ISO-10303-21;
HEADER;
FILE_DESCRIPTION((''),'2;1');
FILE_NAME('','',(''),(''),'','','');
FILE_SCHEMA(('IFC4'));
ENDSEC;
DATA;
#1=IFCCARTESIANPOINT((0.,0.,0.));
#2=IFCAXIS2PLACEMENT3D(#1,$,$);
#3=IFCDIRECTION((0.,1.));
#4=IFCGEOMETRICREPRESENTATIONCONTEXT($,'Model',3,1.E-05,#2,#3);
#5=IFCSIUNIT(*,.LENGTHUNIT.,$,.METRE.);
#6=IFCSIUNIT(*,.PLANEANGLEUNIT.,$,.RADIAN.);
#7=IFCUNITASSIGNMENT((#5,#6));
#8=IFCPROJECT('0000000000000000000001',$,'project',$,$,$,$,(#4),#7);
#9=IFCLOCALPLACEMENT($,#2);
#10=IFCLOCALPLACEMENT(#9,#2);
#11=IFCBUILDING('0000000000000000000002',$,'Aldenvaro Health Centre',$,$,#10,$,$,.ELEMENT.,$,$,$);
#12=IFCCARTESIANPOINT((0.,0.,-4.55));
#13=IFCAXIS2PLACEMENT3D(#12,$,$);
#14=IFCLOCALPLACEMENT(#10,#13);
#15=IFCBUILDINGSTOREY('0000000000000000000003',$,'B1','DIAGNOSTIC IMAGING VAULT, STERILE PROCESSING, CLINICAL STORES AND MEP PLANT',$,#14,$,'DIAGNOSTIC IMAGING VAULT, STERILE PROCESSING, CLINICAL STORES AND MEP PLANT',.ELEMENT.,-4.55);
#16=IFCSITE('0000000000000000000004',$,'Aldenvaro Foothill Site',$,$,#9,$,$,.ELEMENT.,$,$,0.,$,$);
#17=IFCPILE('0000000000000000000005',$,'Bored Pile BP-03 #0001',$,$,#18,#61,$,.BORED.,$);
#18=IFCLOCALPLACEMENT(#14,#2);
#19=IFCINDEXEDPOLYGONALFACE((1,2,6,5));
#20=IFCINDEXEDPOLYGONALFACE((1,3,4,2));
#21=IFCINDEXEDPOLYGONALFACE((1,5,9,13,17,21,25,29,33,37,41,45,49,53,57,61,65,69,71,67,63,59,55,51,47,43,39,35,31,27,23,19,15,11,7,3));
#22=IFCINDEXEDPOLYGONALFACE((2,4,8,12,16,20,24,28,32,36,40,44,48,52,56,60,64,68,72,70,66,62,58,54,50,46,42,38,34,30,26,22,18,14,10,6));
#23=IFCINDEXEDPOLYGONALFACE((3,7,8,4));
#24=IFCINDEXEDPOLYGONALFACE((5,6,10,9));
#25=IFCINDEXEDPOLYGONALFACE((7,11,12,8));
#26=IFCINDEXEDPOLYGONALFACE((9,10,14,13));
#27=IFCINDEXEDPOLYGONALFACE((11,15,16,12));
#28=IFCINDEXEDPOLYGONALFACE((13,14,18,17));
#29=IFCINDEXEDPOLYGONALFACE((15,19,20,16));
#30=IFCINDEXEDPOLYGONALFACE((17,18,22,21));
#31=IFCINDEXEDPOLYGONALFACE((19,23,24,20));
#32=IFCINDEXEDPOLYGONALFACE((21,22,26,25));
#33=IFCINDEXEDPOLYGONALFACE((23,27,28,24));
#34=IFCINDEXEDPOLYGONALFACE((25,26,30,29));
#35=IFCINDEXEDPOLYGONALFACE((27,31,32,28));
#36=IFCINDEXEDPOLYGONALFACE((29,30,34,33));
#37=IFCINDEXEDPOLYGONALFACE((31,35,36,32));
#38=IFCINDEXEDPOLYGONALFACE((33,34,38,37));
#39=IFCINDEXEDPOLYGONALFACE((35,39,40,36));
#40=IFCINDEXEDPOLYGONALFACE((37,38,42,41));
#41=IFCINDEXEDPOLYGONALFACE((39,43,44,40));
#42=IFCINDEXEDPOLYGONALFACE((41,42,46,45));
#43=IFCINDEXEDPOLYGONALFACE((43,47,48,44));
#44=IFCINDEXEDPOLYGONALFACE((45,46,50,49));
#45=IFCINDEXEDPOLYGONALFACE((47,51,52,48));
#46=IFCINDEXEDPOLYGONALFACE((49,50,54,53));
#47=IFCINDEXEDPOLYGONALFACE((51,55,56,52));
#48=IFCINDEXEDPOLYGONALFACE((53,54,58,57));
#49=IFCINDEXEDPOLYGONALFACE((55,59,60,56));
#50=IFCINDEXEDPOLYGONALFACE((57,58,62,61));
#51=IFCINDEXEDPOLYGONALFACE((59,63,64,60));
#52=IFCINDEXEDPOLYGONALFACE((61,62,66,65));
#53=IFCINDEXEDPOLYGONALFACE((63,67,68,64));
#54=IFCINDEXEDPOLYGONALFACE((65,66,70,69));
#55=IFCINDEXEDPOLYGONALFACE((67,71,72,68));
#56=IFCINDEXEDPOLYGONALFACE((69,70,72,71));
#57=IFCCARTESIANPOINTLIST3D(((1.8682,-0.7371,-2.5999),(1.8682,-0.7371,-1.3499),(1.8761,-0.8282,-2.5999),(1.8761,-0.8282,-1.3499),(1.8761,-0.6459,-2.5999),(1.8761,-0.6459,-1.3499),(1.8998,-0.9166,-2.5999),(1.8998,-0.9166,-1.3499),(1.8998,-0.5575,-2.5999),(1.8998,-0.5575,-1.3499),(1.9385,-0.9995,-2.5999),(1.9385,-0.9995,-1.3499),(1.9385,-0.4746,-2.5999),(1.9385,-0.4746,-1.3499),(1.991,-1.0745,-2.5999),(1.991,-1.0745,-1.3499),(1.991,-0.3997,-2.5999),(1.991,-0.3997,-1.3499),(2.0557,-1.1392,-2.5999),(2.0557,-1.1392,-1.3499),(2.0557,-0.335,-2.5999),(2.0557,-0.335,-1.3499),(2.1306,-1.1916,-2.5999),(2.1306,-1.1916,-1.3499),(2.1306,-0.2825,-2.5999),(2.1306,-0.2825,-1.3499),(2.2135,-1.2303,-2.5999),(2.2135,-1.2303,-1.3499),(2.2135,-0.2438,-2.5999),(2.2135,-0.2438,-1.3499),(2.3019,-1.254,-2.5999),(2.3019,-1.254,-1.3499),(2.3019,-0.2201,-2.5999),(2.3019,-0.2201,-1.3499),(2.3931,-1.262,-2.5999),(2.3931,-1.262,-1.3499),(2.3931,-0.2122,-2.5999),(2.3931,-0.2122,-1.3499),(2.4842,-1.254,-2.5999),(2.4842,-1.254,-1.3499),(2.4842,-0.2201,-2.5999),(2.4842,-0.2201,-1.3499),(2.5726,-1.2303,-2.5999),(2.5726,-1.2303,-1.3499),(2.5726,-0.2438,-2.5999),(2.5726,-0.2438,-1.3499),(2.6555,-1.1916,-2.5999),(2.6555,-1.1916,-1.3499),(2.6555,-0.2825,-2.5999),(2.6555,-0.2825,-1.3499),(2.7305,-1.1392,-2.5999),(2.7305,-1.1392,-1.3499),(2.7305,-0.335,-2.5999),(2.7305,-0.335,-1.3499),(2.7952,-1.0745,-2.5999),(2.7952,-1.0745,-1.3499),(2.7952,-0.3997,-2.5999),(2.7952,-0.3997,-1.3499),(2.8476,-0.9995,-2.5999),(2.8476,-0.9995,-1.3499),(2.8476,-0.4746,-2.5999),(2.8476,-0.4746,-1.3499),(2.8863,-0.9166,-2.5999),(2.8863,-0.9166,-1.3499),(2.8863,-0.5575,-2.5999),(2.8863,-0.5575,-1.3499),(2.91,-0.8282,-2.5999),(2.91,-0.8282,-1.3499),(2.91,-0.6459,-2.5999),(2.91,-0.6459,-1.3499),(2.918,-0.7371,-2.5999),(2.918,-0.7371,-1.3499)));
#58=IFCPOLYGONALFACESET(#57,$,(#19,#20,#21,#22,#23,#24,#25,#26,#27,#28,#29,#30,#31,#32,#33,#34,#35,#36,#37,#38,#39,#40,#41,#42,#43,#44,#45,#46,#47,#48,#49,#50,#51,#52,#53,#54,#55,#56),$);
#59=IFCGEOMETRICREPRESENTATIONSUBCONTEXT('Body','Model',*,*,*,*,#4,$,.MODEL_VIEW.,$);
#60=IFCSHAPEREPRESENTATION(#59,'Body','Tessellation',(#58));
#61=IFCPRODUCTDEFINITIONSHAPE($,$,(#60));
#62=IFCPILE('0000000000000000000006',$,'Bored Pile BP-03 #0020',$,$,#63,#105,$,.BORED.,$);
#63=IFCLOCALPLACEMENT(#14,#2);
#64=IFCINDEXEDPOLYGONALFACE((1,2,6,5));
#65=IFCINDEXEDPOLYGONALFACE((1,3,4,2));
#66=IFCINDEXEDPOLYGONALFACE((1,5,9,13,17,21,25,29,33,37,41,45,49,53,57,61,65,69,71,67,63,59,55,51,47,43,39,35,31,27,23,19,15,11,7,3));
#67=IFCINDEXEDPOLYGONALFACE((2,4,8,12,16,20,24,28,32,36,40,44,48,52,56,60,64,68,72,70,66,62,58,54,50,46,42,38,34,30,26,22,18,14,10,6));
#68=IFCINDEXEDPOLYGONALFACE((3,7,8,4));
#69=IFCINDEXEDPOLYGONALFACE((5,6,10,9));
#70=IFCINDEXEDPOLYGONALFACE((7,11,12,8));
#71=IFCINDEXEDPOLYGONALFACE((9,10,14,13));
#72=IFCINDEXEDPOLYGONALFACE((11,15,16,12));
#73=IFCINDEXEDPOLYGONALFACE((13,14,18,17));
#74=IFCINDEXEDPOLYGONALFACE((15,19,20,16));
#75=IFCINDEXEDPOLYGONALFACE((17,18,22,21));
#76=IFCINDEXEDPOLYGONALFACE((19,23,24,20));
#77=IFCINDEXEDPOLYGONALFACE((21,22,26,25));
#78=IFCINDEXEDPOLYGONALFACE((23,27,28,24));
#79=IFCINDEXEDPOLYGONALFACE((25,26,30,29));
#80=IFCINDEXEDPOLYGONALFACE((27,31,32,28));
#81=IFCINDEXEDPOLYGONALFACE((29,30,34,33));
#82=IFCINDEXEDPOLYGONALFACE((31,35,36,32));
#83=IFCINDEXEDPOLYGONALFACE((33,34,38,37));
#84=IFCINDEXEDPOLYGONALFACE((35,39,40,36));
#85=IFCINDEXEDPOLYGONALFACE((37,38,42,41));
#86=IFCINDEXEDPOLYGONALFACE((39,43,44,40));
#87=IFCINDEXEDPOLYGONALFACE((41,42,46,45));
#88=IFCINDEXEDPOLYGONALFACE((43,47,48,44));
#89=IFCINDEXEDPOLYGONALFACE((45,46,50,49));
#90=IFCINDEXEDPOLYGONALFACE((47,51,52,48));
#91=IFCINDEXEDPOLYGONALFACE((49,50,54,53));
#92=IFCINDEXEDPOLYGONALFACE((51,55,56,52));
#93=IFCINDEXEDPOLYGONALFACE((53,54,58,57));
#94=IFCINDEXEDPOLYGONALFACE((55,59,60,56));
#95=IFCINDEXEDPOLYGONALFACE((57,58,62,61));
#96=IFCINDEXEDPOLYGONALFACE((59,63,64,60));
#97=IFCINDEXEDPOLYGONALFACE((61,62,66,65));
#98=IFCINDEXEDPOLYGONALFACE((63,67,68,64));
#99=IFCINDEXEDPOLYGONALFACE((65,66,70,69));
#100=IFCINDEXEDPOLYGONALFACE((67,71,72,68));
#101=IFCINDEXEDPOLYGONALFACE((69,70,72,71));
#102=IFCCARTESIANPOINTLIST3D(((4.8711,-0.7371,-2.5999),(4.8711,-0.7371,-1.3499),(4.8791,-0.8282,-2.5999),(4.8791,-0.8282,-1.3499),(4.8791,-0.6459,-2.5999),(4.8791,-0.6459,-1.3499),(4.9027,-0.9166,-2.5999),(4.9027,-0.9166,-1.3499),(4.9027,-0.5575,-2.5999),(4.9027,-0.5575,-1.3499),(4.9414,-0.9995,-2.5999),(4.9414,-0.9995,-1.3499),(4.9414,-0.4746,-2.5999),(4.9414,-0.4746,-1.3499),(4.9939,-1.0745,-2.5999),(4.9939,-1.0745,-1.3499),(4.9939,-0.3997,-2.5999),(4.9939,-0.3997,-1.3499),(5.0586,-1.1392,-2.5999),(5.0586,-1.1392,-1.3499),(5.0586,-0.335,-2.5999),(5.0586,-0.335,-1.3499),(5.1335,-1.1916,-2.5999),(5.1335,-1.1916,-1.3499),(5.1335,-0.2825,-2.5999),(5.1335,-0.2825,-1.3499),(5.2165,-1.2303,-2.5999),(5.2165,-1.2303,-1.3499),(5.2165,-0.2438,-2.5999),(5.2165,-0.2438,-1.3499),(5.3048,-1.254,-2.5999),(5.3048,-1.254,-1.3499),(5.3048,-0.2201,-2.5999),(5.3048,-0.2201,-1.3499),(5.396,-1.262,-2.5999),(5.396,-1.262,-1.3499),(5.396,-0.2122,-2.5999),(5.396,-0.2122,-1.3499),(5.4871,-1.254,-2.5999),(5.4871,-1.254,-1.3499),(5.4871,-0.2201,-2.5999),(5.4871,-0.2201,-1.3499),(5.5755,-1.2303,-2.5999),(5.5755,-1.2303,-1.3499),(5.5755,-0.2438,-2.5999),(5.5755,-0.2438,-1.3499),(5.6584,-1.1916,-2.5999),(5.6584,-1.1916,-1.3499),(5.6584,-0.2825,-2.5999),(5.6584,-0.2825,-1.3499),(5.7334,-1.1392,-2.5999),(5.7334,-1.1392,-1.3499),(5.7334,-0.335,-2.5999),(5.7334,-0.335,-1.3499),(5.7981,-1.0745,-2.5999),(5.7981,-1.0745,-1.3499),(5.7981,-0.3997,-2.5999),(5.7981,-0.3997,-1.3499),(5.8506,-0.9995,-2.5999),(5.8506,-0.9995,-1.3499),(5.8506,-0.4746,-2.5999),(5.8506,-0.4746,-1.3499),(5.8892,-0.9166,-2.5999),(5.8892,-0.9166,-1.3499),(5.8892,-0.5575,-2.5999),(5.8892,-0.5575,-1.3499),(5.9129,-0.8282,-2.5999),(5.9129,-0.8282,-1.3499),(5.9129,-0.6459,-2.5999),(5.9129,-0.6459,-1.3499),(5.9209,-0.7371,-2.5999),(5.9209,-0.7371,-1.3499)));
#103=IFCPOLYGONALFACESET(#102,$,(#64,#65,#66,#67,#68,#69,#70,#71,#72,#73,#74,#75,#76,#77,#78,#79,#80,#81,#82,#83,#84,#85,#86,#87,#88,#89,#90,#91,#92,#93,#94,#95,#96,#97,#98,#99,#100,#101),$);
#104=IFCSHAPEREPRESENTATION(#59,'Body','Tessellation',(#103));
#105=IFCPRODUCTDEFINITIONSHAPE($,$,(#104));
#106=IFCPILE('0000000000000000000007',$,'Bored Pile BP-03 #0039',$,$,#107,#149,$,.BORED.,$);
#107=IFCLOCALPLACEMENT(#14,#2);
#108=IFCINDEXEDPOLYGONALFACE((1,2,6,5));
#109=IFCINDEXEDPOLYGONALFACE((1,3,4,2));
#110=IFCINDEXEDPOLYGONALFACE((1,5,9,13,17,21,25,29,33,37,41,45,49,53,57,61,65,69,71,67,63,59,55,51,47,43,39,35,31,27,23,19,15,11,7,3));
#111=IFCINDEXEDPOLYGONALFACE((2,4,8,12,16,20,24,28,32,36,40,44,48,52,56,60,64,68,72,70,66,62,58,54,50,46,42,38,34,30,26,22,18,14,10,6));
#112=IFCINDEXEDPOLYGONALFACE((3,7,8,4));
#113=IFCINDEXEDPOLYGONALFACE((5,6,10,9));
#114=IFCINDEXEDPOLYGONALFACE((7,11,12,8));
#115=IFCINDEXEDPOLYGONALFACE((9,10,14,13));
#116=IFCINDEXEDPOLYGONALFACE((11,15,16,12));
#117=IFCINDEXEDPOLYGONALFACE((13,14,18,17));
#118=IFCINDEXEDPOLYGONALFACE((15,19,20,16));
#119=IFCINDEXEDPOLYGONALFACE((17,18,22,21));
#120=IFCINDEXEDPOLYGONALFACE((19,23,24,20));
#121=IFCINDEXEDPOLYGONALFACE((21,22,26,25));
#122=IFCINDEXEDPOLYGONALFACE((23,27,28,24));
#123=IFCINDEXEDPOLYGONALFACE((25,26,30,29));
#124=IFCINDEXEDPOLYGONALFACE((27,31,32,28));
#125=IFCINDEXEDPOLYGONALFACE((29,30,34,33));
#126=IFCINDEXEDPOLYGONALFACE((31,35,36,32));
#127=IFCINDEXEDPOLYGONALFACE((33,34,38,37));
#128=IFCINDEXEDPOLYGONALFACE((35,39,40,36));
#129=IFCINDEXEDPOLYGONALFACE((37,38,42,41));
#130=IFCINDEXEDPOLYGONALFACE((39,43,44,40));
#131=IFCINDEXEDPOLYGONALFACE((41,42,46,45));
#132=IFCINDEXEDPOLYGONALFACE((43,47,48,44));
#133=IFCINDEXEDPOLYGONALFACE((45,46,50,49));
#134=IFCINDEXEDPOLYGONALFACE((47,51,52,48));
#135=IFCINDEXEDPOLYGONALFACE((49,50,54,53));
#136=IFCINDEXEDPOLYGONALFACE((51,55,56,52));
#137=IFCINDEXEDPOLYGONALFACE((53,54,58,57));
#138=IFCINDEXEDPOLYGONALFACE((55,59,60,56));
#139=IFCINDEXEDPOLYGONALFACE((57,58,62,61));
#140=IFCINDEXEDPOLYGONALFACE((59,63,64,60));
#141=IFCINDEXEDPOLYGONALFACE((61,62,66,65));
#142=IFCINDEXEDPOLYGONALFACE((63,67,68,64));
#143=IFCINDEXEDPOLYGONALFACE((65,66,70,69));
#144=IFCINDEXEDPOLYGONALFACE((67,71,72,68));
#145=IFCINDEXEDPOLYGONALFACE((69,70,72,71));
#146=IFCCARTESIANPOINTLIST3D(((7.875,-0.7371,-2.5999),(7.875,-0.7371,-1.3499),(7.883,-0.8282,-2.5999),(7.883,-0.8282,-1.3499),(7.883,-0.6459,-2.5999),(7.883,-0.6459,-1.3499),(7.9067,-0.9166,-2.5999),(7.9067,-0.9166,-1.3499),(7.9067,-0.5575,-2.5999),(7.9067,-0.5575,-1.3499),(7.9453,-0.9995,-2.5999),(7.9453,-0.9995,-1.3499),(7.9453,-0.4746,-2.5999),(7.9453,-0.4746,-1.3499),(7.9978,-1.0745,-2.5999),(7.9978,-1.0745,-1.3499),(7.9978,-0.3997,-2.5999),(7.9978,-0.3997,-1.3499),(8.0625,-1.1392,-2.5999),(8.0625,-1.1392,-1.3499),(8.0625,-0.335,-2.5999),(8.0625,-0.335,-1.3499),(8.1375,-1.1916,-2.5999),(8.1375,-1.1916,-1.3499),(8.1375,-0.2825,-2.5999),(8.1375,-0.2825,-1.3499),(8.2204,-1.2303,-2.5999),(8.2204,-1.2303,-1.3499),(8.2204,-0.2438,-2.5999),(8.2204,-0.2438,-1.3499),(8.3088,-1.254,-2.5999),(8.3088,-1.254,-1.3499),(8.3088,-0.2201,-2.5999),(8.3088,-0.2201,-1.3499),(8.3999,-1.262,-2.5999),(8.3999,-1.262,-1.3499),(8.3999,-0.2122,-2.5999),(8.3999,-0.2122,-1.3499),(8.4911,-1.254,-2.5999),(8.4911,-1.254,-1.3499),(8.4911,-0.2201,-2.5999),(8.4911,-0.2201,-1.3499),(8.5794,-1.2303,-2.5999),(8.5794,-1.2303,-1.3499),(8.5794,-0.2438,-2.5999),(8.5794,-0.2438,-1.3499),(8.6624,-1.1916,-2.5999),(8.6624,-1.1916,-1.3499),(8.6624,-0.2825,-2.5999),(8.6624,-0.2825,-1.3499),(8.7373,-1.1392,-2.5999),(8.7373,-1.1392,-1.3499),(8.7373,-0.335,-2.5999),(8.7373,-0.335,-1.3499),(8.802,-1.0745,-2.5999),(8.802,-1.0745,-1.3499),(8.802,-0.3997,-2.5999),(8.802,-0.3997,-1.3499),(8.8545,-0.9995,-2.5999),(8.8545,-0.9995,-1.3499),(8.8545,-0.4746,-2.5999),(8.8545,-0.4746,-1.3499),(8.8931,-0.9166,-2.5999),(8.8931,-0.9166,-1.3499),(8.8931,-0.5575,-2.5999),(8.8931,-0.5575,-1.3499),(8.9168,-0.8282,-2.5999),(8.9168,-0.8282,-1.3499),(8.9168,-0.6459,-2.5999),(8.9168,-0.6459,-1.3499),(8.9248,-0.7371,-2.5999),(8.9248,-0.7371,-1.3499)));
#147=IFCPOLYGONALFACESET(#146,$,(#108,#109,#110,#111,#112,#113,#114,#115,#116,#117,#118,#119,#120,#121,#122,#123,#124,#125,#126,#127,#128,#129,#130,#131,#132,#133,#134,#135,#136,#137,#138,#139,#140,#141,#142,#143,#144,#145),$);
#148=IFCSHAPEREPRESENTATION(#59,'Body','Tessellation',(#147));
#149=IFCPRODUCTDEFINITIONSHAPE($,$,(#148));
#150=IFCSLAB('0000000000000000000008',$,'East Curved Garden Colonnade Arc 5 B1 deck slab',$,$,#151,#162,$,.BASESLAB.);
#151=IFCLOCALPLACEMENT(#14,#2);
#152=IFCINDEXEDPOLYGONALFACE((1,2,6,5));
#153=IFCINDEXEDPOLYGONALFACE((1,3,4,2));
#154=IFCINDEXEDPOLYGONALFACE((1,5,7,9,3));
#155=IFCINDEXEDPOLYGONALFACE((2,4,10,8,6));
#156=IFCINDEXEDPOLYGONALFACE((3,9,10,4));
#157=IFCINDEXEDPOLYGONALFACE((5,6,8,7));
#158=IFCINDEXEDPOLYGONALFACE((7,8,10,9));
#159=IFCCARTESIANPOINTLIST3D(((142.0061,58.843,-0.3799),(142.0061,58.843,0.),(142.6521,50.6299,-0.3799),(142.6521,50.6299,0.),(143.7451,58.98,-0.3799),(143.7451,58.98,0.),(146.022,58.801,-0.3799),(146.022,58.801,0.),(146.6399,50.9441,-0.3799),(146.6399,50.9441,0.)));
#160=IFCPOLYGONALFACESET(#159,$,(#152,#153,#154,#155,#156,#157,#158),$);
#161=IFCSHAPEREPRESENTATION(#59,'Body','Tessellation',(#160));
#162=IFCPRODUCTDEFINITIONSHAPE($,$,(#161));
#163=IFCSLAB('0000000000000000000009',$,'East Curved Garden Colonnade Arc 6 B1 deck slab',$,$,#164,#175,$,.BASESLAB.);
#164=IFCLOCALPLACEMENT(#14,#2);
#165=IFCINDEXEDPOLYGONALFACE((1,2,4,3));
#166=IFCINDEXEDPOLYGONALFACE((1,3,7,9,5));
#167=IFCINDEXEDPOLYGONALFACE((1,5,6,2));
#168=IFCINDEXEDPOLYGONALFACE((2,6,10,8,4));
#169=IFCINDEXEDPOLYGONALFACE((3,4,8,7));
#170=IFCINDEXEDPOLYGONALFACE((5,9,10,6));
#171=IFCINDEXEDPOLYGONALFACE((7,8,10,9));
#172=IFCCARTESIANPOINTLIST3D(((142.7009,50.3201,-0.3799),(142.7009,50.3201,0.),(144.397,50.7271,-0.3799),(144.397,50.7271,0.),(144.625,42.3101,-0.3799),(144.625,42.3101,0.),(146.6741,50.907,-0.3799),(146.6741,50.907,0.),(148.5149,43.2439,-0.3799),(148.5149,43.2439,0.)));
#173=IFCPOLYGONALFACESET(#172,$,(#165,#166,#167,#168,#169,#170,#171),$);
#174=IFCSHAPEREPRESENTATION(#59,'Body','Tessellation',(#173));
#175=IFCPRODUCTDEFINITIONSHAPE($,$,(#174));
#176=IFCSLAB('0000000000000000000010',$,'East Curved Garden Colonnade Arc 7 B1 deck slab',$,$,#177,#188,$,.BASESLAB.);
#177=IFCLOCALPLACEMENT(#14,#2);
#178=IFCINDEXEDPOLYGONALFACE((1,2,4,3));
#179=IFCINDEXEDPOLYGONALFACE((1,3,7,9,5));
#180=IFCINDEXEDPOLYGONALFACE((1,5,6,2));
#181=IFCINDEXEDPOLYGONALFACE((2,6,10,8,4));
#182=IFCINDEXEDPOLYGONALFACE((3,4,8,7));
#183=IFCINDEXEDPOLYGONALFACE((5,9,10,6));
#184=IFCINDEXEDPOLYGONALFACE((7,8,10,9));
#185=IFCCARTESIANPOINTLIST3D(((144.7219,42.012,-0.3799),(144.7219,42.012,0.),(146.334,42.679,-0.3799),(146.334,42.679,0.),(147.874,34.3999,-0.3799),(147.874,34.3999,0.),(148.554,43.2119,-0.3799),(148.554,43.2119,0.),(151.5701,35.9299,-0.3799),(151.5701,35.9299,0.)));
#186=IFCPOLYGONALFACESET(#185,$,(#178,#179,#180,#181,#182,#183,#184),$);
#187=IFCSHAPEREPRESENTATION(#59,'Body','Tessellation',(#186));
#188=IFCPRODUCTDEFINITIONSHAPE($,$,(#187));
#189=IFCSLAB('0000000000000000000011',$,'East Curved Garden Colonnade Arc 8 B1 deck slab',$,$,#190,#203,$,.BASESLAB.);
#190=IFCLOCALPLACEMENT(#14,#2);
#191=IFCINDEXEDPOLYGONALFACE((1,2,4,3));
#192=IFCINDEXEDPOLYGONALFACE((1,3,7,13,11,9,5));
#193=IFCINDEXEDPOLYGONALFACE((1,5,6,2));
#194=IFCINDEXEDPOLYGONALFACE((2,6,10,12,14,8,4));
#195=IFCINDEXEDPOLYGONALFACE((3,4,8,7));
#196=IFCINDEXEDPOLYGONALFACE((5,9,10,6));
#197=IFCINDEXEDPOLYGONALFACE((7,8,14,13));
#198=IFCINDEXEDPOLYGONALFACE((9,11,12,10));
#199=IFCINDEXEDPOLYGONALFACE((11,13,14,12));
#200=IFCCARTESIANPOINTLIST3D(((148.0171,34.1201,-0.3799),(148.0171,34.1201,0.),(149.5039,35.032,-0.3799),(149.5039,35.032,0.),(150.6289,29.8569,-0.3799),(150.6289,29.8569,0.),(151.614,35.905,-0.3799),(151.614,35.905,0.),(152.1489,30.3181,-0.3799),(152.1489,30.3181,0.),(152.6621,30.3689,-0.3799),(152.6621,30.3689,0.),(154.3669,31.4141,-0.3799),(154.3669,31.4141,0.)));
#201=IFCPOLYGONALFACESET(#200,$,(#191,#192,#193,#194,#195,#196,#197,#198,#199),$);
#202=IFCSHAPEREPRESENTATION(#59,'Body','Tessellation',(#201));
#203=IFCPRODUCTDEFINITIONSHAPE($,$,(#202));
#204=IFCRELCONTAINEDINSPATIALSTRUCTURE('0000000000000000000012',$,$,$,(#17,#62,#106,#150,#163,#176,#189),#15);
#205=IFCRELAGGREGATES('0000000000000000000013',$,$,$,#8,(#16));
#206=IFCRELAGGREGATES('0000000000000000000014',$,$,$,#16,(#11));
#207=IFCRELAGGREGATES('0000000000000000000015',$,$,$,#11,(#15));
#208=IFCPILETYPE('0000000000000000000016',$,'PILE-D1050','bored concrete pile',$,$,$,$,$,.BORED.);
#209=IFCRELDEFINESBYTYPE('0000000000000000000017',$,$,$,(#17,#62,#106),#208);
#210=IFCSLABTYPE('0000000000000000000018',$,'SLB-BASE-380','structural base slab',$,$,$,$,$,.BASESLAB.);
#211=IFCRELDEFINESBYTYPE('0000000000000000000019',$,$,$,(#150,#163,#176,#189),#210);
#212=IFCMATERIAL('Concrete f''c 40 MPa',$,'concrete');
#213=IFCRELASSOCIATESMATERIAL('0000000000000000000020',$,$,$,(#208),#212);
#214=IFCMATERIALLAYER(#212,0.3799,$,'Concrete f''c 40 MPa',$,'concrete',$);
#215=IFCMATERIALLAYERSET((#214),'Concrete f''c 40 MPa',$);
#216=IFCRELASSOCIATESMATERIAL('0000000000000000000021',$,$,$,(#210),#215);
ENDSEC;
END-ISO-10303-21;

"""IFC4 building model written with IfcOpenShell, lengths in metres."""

from ifc_helpers import new_model, si_unit, direction, frame, origin, origin_2d, place, context, subcontext, project, spatial, polyline, circle, outline, extrude, material, layer, layer_set, material_profile, profile_set, type_object, element, save


model = new_model("IFC4")

# Units and contexts
model_context = context("Model", 3, precision=1e-05, world=origin(), true_north=direction((0.0, 1.0)))
body_context = subcontext(model_context, "Body", "Model", "MODEL_VIEW")
ifc_project = project(units=[si_unit("LENGTHUNIT", "METRE"), si_unit("PLANEANGLEUNIT", "RADIAN")], contexts=[model_context])

# Site, building, storey
site_placement = place(None, origin())
site = spatial("IfcSite", under=ifc_project, at=site_placement, Name="Aldenvaro Foothill Site", CompositionType="ELEMENT", RefElevation=0.0)
building_placement = place(site_placement, origin())
building = spatial("IfcBuilding", under=site, at=building_placement, Name="Aldenvaro Health Centre", CompositionType="ELEMENT")
storey_placement = place(building_placement, frame((0.0, 0.0, -4.55)))
storey = spatial("IfcBuildingStorey", under=building, at=storey_placement, Name="B1", Description="DIAGNOSTIC IMAGING VAULT, STERILE PROCESSING, CLINICAL STORES AND MEP PLANT", LongName="DIAGNOSTIC IMAGING VAULT, STERILE PROCESSING, CLINICAL STORES AND MEP PLANT", CompositionType="ELEMENT", Elevation=-4.55)

# Piles
ifc_material_1 = material(Name="Concrete f'c 40 MPa", Category="concrete")
ifc_material_profile = material_profile(ifc_material_1, circle(Radius=0.5249, at=origin_2d()), Name="PILE D1050", Category="concrete")
ifc_profile_set = profile_set([ifc_material_profile], Name="Concrete f'c 40 MPa")
pile_type = type_object("IfcPileType", Name="PILE-D1050", Description="bored concrete pile", PredefinedType="BORED", material=ifc_profile_set)
for number, where, z_axis, x_axis, name in (
    (1, (2.3931, -0.7371, -1.3499), (0.0, 0.0, -1.0), (1.0, 0.0, 0.0), "Bored Pile BP-03 #0001"),
    (2, (5.396, -0.7371, -1.3499), (0.0, 0.0, -1.0), (1.0, 0.0, 0.0), "Bored Pile BP-03 #0020"),
    (3, (8.3999, -0.7371, -1.3499), (0.0, 0.0, -1.0), (1.0, 0.0, 0.0), "Bored Pile BP-03 #0039"),
):
    element("IfcPile", number, at=place(storey_placement, frame(where, z_axis=z_axis, x_axis=x_axis)), inside=storey, type_object=pile_type, Name=name, PredefinedType="BORED", context=body_context, shape_type="SweptSolid", body=[
        extrude(circle(Radius=0.5249, at=origin_2d()), origin(), (0.0, 0.0, 1.0), 1.25),
    ])

# Slabs
ifc_layer_1 = layer(ifc_material_1, 0.3799, Name="Concrete f'c 40 MPa", Category="concrete")
ifc_layer_set_1 = layer_set([ifc_layer_1], Name="Concrete f'c 40 MPa")
slab_type = type_object("IfcSlabType", Name="SLB-BASE-380", Description="structural base slab", PredefinedType="BASESLAB", material=ifc_layer_set_1)
slab_1_placement = place(storey_placement, frame((0.0, 0.0, -0.3799)))
element("IfcSlab", 4, at=slab_1_placement, inside=storey, type_object=slab_type, Name="East Curved Garden Colonnade Arc 5 B1 deck slab", PredefinedType="BASESLAB", context=body_context, shape_type="SweptSolid", body=[
    extrude(outline(polyline([(146.6399, 50.9441), (142.6521, 50.6299), (142.0061, 58.843), (143.7451, 58.98), (146.022, 58.801), (146.6399, 50.9441)])), origin(), (0.0, 0.0, 1.0), 0.3799),
])
slab_2_placement = place(storey_placement, frame((0.0, 0.0, -0.3799)))
element("IfcSlab", 5, at=slab_2_placement, inside=storey, type_object=slab_type, Name="East Curved Garden Colonnade Arc 6 B1 deck slab", PredefinedType="BASESLAB", context=body_context, shape_type="SweptSolid", body=[
    extrude(outline(polyline([(148.5149, 43.2439), (144.625, 42.3101), (142.7009, 50.3201), (144.397, 50.7271), (146.6741, 50.907), (148.5149, 43.2439)])), origin(), (0.0, 0.0, 1.0), 0.3799),
])
slab_3_placement = place(storey_placement, frame((0.0, 0.0, -0.3799)))
element("IfcSlab", 6, at=slab_3_placement, inside=storey, type_object=slab_type, Name="East Curved Garden Colonnade Arc 7 B1 deck slab", PredefinedType="BASESLAB", context=body_context, shape_type="SweptSolid", body=[
    extrude(outline(polyline([(151.5701, 35.9299), (147.874, 34.3999), (144.7219, 42.012), (146.334, 42.679), (148.554, 43.2119), (151.5701, 35.9299)])), origin(), (0.0, 0.0, 1.0), 0.3799),
])
slab_4_placement = place(storey_placement, frame((0.0, 0.0, -0.3799)))
element("IfcSlab", 7, at=slab_4_placement, inside=storey, type_object=slab_type, Name="East Curved Garden Colonnade Arc 8 B1 deck slab", PredefinedType="BASESLAB", context=body_context, shape_type="SweptSolid", body=[
    extrude(outline(polyline([(148.0171, 34.1201), (149.5039, 35.032), (151.614, 35.905), (154.3669, 31.4141), (152.6621, 30.3689), (152.1489, 30.3181), (150.6289, 29.8569), (148.0171, 34.1201)])), origin(), (0.0, 0.0, 1.0), 0.3799),
])

save(model, "model.ifc")
